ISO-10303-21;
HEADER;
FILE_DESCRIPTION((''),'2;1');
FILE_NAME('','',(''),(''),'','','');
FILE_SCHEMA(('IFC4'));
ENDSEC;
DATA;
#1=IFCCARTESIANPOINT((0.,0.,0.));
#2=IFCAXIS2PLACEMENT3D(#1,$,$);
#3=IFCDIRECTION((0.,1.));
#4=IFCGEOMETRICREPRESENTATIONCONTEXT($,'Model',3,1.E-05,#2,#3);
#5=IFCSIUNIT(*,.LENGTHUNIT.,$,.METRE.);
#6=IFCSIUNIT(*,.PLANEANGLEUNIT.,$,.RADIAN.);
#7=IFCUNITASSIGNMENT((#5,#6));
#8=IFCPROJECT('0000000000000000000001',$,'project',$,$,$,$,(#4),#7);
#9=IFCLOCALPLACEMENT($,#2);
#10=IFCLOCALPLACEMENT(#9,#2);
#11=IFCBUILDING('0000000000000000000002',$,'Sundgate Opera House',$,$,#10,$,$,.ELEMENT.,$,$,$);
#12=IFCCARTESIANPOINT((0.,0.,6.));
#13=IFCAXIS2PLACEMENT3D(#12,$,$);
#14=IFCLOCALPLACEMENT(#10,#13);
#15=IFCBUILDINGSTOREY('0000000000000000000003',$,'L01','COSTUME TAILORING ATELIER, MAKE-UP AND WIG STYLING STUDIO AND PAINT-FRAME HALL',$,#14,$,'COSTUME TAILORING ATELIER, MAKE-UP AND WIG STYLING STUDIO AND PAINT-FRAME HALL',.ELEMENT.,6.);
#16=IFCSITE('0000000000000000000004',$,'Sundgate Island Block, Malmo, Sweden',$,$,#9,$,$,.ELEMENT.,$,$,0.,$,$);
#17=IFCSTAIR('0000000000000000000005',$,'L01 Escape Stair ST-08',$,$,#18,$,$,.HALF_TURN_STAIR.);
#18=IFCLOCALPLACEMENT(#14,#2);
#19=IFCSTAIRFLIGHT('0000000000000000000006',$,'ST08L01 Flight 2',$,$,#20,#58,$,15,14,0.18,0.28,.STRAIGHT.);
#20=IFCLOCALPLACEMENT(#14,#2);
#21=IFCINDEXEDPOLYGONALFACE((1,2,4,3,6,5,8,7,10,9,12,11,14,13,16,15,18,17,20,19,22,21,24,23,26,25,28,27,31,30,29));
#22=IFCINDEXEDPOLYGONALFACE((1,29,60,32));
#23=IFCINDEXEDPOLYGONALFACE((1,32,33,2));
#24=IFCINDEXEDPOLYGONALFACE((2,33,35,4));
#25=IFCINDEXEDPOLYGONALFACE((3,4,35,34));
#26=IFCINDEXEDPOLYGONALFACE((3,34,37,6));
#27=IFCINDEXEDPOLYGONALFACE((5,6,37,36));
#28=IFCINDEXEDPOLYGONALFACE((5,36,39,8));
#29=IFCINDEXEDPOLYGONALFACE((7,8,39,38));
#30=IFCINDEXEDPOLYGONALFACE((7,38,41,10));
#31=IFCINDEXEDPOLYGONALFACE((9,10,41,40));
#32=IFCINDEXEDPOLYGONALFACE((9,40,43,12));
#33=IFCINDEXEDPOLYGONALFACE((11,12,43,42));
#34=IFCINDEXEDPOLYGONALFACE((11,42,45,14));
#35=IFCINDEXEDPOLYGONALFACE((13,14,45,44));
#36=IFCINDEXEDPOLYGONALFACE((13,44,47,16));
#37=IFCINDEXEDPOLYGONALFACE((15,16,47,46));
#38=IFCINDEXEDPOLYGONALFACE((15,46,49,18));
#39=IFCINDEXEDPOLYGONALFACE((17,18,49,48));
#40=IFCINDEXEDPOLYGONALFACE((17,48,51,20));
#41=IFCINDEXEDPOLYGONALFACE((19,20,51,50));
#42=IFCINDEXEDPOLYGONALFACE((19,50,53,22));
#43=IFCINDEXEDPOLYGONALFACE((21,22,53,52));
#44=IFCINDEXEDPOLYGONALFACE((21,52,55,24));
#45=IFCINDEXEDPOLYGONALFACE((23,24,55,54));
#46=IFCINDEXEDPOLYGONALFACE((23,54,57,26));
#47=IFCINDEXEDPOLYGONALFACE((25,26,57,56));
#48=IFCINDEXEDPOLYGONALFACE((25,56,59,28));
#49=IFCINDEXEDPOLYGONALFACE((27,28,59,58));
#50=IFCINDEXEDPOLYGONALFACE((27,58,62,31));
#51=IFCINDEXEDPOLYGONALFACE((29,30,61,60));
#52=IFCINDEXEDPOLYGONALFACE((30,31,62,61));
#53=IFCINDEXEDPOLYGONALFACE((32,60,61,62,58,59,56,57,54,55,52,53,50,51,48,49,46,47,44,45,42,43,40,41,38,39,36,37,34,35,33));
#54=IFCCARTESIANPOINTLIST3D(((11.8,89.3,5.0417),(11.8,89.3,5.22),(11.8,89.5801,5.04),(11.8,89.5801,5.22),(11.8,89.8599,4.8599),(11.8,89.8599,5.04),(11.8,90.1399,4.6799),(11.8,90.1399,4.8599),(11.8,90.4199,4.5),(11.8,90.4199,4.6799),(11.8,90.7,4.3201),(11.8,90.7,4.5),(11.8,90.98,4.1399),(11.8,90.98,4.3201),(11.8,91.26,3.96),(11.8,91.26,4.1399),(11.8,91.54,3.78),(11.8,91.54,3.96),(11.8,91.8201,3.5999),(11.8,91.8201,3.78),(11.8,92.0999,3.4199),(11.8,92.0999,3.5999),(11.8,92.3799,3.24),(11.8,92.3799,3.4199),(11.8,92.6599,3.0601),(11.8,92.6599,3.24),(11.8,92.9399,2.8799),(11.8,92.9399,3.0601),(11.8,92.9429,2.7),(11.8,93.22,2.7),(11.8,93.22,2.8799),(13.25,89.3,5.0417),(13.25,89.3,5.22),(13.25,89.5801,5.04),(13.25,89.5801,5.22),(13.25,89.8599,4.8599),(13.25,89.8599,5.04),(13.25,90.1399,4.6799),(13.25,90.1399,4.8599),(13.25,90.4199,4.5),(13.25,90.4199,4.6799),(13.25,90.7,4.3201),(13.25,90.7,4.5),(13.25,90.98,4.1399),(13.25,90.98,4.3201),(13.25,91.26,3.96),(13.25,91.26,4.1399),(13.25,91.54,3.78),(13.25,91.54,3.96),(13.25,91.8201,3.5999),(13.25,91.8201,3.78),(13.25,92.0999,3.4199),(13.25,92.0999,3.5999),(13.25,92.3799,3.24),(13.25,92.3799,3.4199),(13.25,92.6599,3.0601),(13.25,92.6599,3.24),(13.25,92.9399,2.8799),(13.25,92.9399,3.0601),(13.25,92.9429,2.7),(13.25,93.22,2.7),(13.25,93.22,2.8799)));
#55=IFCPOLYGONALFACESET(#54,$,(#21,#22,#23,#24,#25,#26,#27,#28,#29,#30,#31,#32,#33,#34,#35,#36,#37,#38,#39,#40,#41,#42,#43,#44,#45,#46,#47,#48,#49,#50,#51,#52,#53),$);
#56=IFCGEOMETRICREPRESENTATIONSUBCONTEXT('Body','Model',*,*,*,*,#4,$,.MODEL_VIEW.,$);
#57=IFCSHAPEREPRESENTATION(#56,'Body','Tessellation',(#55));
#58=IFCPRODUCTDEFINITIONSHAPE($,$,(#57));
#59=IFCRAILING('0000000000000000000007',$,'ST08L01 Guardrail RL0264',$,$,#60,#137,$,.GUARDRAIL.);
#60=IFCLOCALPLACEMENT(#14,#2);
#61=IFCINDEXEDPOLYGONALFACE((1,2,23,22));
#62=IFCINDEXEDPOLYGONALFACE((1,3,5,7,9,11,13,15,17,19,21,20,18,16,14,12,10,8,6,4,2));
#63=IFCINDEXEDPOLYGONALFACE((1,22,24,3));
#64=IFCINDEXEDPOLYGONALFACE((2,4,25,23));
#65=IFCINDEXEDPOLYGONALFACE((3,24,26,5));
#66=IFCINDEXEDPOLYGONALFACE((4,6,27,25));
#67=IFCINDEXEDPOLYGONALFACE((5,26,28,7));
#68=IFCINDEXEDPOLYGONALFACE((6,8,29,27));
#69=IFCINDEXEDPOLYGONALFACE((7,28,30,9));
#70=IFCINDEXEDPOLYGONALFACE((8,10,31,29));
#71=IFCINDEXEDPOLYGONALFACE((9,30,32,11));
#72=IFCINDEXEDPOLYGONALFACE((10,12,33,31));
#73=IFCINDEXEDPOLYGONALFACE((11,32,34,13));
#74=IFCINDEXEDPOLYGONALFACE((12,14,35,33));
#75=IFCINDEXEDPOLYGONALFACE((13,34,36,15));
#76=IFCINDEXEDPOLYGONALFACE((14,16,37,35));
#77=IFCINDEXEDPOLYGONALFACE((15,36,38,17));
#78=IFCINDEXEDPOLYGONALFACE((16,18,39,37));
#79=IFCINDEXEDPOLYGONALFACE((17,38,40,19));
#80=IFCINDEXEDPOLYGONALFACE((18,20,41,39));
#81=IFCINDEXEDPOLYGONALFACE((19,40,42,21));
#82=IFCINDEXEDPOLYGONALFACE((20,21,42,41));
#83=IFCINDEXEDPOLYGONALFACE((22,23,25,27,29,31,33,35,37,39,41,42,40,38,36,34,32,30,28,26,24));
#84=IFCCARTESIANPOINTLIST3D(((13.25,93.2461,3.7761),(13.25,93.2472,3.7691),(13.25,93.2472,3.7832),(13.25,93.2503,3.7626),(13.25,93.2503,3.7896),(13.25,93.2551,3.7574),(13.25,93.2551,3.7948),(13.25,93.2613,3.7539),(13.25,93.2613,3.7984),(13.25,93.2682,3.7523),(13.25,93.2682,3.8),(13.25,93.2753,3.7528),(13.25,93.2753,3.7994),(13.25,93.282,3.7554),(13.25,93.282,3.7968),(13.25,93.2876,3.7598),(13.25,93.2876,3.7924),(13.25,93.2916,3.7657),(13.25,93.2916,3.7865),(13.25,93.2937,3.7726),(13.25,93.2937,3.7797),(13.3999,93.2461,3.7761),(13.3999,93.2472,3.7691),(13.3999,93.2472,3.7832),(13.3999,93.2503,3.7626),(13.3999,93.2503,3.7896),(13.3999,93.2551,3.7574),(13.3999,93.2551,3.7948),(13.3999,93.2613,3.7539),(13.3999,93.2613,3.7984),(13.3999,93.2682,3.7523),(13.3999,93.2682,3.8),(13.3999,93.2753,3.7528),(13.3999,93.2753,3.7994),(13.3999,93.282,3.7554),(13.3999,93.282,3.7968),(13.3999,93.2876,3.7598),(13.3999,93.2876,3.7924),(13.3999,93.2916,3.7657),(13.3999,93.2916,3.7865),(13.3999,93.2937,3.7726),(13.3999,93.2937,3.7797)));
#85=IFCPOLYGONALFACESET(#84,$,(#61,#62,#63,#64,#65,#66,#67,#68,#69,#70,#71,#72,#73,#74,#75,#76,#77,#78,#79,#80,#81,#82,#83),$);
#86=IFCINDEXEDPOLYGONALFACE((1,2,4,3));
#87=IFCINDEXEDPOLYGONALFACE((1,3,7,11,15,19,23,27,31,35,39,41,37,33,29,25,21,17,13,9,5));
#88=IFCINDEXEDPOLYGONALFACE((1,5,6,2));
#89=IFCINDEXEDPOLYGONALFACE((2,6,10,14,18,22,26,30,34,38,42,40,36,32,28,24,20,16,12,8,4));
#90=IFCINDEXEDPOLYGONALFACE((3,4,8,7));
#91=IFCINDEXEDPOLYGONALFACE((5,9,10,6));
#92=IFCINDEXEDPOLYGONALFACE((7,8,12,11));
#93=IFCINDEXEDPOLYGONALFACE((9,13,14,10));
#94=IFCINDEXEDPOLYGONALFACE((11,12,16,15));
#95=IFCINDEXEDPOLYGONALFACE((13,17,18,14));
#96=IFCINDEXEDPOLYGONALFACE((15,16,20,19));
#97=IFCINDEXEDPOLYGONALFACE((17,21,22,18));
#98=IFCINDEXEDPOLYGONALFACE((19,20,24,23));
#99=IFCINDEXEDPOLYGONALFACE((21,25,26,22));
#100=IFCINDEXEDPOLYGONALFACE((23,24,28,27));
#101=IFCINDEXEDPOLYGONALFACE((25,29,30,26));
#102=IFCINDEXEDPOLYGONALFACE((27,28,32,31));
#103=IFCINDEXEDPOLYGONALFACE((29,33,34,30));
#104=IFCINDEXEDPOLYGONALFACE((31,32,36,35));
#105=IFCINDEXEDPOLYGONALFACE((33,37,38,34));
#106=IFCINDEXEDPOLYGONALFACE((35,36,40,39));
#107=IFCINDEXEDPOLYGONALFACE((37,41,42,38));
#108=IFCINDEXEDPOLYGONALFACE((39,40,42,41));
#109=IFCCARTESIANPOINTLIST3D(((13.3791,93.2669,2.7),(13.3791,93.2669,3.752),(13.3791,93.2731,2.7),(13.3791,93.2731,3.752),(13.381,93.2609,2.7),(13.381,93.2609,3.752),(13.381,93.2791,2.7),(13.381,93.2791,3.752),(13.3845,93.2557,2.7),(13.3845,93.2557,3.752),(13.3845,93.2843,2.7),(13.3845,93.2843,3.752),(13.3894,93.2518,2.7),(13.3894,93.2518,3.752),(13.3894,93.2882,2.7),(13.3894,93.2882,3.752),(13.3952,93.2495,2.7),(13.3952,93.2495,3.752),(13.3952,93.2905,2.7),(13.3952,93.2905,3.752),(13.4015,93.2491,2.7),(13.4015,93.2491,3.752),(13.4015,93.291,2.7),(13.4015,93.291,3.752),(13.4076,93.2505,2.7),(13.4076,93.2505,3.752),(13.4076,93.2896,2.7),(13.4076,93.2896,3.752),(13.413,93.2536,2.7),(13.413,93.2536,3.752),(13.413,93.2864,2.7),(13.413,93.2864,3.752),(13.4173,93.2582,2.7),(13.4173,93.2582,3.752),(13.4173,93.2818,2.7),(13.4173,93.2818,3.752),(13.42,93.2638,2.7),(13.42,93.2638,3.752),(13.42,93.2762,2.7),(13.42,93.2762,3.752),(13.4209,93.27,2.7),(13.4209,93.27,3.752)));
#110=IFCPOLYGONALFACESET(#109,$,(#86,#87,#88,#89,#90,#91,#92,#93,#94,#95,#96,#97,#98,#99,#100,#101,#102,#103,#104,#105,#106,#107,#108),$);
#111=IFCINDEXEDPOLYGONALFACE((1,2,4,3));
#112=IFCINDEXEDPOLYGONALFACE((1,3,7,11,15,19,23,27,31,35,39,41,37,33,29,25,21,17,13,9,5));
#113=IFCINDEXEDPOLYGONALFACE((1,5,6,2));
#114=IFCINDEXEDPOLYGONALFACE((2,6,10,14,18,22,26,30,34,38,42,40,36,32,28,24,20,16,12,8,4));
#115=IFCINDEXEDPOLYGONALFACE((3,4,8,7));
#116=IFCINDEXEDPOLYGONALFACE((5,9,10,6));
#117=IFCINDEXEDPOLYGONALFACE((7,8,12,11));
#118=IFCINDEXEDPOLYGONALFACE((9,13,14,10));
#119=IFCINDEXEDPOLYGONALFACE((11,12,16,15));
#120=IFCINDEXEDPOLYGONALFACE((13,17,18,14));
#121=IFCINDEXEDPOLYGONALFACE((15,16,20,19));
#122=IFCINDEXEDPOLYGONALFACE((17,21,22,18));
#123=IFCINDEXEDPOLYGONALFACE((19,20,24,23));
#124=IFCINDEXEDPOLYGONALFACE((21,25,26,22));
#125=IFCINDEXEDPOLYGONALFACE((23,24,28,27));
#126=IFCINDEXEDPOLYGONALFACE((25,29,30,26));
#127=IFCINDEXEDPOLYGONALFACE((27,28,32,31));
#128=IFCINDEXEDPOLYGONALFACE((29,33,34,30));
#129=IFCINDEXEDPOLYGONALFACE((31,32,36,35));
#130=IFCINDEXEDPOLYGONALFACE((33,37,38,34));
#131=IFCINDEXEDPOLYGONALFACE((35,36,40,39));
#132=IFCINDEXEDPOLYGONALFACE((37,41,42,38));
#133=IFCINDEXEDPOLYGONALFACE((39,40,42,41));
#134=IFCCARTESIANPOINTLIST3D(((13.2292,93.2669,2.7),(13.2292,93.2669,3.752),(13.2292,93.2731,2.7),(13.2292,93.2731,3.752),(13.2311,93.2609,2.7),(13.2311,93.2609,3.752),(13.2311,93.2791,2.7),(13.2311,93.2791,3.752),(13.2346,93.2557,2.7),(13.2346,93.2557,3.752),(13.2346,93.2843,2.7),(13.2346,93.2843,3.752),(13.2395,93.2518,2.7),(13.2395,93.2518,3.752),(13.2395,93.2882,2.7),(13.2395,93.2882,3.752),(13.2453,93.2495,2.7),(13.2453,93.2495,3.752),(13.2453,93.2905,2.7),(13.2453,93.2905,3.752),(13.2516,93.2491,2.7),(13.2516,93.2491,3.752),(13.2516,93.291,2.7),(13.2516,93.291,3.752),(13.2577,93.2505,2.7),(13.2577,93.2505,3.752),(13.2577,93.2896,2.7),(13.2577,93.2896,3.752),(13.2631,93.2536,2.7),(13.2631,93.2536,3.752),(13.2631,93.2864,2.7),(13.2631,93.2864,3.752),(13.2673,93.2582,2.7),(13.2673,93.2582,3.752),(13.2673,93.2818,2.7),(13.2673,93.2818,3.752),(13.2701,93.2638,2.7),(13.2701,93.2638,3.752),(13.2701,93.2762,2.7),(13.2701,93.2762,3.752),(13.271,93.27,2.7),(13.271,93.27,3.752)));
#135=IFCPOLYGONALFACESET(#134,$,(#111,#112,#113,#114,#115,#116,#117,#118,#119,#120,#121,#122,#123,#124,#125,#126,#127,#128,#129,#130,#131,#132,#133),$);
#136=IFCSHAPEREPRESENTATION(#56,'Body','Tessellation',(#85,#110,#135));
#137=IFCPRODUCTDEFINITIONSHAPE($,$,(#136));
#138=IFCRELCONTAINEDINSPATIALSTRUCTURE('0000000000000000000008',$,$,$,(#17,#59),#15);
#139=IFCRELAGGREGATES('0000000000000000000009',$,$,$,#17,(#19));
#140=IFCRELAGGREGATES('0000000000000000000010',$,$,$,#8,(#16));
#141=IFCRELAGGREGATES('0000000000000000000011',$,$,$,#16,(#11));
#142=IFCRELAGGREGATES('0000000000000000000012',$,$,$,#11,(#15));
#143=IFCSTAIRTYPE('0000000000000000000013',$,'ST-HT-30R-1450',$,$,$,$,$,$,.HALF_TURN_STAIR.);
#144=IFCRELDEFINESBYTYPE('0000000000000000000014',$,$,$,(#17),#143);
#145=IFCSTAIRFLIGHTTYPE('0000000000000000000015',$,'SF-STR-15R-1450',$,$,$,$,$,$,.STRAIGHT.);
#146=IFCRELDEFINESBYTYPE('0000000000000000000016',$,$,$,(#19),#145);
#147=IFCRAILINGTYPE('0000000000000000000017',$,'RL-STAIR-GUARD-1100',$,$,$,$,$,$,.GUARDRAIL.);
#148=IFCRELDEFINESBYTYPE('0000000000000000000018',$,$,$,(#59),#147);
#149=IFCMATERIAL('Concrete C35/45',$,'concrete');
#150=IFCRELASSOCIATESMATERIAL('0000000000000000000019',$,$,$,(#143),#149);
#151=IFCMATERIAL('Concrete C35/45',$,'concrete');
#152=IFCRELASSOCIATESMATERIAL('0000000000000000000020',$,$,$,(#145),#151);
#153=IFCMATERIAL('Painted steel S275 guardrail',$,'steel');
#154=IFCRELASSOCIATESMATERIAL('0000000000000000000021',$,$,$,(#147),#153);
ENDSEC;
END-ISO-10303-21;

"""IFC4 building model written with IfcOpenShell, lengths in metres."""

from ifc_helpers import new_model, si_unit, direction, frame, origin, origin_2d, place, context, subcontext, project, spatial, polyline, circle, outline, extrude, material, type_object, element, aggregate, save


model = new_model("IFC4")

# Units and contexts
model_context = context("Model", 3, precision=1e-05, world=origin(), true_north=direction((0.0, 1.0)))
body_context = subcontext(model_context, "Body", "Model", "MODEL_VIEW")
ifc_project = project(units=[si_unit("LENGTHUNIT", "METRE"), si_unit("PLANEANGLEUNIT", "RADIAN")], contexts=[model_context])

# Site, building, storey
site_placement = place(None, origin())
site = spatial("IfcSite", under=ifc_project, at=site_placement, Name="Sundgate Island Block, Malmo, Sweden", CompositionType="ELEMENT", RefElevation=0.0)
building_placement = place(site_placement, origin())
building = spatial("IfcBuilding", under=site, at=building_placement, Name="Sundgate Opera House", CompositionType="ELEMENT")
storey_placement = place(building_placement, frame((0.0, 0.0, 6.0)))
storey = spatial("IfcBuildingStorey", under=building, at=storey_placement, Name="L01", Description="COSTUME TAILORING ATELIER, MAKE-UP AND WIG STYLING STUDIO AND PAINT-FRAME HALL", LongName="COSTUME TAILORING ATELIER, MAKE-UP AND WIG STYLING STUDIO AND PAINT-FRAME HALL", CompositionType="ELEMENT", Elevation=6.0)

# Stair, stair flight
ifc_material_1 = material(Name="Concrete C35/45", Category="concrete")
stair_type = type_object("IfcStairType", Name="ST-HT-30R-1450", PredefinedType="HALF_TURN_STAIR", material=ifc_material_1)
stair_placement = place(storey_placement, origin())
stair = element("IfcStair", 1, at=stair_placement, inside=storey, type_object=stair_type, Name="L01 Escape Stair ST-08", PredefinedType="HALF_TURN_STAIR")
ifc_material_2 = material(Name="Concrete C35/45", Category="concrete")
stair_flight_type = type_object("IfcStairFlightType", Name="SF-STR-15R-1450", PredefinedType="STRAIGHT", material=ifc_material_2)
stair_flight_placement = place(storey_placement, frame((12.5249, 93.22, 2.7), z_axis=(0.0, 0.0, 1.0), x_axis=(0.0, -1.0, 0.0)))
stair_flight = element("IfcStairFlight", 2, at=stair_flight_placement, type_object=stair_flight_type, Name="ST08L01 Flight 2", NumberOfRisers=15, NumberOfTreads=14, PredefinedType="STRAIGHT", RiserHeight=0.18, TreadLength=0.28, context=body_context, shape_type="SweptSolid", body=[
    extrude(outline(polyline([(0.0, 0.0), (0.0, 0.1799), (0.28, 0.1799), (0.28, 0.3601), (0.5601, 0.3601), (0.5601, 0.54), (0.8401, 0.54), (0.8401, 0.72), (1.1201, 0.72), (1.1201, 0.8999), (1.3999, 0.8999), (1.3999, 1.0801), (1.6799, 1.0801), (1.6799, 1.26), (1.96, 1.26), (1.96, 1.4399), (2.24, 1.4399), (2.24, 1.6201), (2.52, 1.6201), (2.52, 1.8), (2.8, 1.8), (2.8, 1.98), (3.0801, 1.98), (3.0801, 2.1599), (3.3601, 2.1599), (3.3601, 2.3401), (3.6399, 2.3401), (3.6399, 2.52), (3.9199, 2.52), (3.9199, 2.7), (3.9199, 2.3418), (0.2771, 0.0), (0.0, 0.0)])), frame((0.0, 0.7251, 0.0), z_axis=(0.0, -1.0, 0.0), x_axis=(1.0, 0.0, 0.0)), (0.0, 0.0, 1.0), 1.45),
])
aggregate(stair, [stair_flight])

# Railing
ifc_material_3 = material(Name="Painted steel S275 guardrail", Category="steel")
railing_type_1 = type_object("IfcRailingType", Name="RL-STAIR-GUARD-1100", PredefinedType="GUARDRAIL", material=ifc_material_3)
railing_1_placement = place(storey_placement, frame((13.3999, 93.27, 2.7)))
element("IfcRailing", 3, at=railing_1_placement, inside=storey, type_object=railing_type_1, Name="ST08L01 Guardrail RL0264", PredefinedType="GUARDRAIL", context=body_context, shape_type="SweptSolid", body=[
    extrude(circle(Radius=0.0239, at=origin_2d()), frame((0.0, 0.0, 1.0762), z_axis=(-1.0, 0.0, 0.0), x_axis=(0.0, -1.0, 0.0)), (0.0, 0.0, 1.0), 0.1499),
    extrude(circle(Radius=0.021, at=origin_2d()), origin(), (0.0, 0.0, 1.0), 1.052),
    extrude(circle(Radius=0.021, at=origin_2d()), frame((-0.1499, 0.0, 0.0)), (0.0, 0.0, 1.0), 1.052),
])

save(model, "model.ifc")
